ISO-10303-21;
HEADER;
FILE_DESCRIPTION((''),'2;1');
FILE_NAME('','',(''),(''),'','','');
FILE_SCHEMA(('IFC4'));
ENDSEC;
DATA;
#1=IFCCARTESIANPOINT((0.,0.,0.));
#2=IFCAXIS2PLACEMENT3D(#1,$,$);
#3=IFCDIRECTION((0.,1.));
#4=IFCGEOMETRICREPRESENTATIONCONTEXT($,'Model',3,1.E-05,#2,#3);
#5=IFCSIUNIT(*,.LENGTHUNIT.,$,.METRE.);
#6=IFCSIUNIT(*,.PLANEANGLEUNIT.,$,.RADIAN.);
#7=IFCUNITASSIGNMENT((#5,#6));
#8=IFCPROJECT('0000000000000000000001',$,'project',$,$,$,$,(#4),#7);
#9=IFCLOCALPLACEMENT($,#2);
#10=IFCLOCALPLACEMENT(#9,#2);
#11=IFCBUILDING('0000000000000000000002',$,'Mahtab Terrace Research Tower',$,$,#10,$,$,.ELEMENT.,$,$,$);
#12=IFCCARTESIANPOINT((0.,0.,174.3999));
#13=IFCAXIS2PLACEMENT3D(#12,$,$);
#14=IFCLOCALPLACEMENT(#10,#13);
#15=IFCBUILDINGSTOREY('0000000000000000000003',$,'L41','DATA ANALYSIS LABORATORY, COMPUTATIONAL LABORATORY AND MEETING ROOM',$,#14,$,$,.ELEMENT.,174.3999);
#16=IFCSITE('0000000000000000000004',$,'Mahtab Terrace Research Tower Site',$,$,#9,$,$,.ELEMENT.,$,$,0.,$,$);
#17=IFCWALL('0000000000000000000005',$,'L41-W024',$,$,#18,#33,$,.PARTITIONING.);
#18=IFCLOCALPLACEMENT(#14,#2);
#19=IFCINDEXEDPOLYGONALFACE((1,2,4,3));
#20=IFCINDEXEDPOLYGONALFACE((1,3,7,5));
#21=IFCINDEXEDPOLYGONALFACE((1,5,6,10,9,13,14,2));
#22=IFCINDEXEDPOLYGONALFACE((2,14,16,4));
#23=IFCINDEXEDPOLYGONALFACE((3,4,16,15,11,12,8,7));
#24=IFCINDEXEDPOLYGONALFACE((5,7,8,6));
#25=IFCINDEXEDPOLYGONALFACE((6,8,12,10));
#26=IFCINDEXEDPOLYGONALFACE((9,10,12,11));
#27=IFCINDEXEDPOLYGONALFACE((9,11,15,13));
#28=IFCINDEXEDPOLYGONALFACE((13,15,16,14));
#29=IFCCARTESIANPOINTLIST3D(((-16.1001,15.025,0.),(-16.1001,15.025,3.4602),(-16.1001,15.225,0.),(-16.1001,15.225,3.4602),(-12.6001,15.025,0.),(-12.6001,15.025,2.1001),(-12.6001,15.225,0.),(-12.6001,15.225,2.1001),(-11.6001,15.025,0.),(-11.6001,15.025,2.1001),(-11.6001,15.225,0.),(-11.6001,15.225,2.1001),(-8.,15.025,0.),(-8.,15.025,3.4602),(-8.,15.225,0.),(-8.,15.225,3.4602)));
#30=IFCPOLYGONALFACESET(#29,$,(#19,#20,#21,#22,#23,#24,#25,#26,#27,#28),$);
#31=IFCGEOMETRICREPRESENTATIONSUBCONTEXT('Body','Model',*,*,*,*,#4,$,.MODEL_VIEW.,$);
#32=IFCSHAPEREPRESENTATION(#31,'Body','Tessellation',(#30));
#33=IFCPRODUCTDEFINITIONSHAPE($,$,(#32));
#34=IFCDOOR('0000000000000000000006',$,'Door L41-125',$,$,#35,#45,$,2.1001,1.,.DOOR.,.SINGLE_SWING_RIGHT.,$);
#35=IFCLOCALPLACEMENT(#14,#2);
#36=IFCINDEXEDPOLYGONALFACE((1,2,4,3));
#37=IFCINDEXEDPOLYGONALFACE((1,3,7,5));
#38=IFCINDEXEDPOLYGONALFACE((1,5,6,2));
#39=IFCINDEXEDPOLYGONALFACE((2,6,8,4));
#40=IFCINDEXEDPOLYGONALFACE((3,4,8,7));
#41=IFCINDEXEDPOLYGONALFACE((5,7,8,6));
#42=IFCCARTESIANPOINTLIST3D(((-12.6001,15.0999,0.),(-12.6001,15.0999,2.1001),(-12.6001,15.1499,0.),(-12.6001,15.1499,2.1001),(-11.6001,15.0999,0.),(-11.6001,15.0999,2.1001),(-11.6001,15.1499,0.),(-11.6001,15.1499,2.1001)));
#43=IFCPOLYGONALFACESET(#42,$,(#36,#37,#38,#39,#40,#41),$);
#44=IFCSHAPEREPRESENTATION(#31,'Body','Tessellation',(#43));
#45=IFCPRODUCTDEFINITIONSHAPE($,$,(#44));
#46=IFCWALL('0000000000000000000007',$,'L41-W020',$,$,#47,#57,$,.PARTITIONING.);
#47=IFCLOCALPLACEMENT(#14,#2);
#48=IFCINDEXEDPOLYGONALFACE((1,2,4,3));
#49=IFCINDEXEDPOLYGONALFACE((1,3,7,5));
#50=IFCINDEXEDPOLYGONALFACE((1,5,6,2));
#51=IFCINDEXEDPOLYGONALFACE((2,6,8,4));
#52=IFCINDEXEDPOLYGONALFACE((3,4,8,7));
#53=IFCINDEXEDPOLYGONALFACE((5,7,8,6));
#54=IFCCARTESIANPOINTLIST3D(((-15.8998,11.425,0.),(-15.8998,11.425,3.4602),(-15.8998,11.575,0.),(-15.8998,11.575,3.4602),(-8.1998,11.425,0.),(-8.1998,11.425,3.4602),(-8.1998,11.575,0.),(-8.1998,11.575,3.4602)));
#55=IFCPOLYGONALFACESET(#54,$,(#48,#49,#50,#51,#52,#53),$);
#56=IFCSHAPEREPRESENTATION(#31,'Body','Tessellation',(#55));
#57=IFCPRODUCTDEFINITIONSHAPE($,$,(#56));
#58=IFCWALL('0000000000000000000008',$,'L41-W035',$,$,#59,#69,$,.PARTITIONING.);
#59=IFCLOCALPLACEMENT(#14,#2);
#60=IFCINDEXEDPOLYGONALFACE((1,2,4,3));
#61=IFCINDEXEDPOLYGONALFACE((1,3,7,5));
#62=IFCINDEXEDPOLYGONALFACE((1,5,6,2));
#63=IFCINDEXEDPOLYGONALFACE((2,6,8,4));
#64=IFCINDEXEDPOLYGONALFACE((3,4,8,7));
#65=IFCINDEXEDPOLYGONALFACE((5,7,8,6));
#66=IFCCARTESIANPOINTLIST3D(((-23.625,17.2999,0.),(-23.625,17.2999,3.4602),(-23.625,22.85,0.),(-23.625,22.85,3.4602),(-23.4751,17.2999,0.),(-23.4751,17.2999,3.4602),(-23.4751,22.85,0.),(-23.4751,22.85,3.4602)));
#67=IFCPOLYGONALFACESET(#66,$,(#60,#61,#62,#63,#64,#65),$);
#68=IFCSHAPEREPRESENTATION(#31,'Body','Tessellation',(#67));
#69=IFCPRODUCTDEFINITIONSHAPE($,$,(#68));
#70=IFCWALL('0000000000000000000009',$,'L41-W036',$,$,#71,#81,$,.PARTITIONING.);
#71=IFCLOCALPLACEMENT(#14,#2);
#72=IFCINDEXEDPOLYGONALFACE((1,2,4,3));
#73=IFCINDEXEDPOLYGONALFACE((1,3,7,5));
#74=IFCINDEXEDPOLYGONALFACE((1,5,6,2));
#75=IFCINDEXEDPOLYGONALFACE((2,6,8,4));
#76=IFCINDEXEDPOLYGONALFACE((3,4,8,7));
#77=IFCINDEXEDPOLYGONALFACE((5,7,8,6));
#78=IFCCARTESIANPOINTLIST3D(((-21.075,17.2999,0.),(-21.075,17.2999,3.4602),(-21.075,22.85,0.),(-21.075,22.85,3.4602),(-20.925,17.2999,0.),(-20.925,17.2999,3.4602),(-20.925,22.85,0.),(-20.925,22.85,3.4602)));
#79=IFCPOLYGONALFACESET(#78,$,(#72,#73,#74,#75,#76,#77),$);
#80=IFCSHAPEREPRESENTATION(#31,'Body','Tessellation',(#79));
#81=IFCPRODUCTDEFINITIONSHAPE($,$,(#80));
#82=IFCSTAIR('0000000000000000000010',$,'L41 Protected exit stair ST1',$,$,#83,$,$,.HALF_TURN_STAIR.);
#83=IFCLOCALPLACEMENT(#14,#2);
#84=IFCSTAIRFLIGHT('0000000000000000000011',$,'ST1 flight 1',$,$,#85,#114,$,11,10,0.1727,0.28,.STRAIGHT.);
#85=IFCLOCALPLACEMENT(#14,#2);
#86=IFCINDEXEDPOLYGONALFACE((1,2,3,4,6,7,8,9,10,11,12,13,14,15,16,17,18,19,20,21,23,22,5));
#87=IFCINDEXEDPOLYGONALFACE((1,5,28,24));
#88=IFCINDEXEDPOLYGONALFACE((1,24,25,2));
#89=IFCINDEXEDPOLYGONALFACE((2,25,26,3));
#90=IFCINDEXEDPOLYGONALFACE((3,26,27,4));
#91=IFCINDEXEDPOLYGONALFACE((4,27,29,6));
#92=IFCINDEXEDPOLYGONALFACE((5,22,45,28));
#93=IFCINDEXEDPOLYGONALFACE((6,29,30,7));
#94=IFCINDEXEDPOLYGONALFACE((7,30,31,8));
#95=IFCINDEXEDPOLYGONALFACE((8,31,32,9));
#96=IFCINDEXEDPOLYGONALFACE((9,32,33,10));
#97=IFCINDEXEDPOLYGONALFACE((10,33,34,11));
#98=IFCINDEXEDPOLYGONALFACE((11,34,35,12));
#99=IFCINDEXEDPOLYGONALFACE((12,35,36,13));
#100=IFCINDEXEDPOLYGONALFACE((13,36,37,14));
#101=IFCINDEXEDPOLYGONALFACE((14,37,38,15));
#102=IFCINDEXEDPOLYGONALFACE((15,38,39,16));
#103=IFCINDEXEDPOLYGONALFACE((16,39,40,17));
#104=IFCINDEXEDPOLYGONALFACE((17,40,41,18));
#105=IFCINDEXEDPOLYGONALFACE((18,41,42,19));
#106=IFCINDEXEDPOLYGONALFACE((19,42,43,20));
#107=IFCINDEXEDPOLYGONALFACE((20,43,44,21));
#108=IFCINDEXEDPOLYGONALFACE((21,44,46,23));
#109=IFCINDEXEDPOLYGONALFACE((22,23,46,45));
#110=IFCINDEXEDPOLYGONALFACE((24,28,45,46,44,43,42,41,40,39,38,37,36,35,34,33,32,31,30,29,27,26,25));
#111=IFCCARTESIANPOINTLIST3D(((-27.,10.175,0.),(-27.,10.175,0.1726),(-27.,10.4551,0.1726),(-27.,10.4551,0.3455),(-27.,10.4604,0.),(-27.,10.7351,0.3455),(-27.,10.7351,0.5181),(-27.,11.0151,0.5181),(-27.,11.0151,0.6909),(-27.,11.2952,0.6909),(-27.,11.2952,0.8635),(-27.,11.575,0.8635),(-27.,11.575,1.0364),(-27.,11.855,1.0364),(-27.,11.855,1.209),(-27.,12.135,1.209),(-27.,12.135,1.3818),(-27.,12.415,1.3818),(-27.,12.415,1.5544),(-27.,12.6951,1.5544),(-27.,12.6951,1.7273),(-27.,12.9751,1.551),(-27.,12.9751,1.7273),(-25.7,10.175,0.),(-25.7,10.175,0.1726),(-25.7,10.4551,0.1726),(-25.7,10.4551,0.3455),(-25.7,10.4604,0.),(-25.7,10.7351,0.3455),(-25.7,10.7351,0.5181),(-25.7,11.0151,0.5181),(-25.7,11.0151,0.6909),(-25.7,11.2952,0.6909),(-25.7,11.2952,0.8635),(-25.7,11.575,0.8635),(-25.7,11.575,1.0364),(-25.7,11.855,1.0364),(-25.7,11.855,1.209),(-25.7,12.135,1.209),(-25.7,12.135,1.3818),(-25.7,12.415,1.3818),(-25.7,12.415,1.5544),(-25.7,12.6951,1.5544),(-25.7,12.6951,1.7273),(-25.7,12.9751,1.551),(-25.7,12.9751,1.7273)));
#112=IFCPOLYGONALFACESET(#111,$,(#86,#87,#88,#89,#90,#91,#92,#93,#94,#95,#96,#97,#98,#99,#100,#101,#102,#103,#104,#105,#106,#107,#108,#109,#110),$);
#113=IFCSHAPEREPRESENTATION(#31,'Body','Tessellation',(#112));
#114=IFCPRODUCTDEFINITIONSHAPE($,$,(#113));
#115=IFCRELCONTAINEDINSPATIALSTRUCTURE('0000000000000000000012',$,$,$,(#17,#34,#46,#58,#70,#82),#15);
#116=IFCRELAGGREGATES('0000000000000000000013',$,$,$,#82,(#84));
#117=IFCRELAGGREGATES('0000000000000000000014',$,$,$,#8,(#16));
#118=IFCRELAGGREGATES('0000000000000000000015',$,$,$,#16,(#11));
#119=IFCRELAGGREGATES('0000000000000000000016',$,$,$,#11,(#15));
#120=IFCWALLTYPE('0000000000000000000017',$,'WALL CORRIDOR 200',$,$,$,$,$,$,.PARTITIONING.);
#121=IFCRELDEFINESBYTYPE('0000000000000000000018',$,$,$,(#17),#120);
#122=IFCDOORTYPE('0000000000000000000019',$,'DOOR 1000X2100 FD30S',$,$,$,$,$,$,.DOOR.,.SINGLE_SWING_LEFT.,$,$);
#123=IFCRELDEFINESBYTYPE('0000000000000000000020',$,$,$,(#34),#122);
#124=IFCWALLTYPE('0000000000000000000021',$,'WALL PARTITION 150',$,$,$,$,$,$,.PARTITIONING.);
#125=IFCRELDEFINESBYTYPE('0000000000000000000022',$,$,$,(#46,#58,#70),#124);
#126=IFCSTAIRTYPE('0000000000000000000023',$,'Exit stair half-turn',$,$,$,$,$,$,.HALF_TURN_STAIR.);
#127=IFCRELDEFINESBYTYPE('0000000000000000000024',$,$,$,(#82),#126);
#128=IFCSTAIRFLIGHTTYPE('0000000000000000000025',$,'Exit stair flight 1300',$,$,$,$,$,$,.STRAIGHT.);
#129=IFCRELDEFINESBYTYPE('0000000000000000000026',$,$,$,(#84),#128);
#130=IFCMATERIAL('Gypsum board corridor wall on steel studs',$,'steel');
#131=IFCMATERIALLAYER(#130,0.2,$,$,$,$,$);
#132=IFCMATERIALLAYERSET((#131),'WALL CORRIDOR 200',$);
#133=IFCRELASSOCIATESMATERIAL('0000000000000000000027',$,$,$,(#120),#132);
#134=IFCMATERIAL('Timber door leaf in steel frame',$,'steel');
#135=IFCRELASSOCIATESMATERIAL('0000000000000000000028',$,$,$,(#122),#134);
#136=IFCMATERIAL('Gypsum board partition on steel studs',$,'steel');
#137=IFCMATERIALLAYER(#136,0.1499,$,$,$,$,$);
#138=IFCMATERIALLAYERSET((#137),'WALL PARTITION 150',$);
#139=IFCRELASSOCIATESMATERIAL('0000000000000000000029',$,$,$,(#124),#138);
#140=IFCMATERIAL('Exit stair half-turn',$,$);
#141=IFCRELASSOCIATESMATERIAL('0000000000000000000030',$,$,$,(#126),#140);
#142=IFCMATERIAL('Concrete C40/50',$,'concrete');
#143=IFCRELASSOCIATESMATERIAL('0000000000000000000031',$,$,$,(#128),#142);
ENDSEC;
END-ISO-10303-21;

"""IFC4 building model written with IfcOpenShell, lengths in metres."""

from ifc_helpers import new_model, si_unit, direction, frame, frame_2d, origin, place, context, subcontext, project, spatial, polyline, rectangle, outline, extrude, material, layer, layer_set, type_object, element, fill, aggregate, save


model = new_model("IFC4")

# Units and contexts
model_context = context("Model", 3, precision=1e-05, world=origin(), true_north=direction((0.0, 1.0)))
body_context = subcontext(model_context, "Body", "Model", "MODEL_VIEW")
ifc_project = project(units=[si_unit("LENGTHUNIT", "METRE"), si_unit("PLANEANGLEUNIT", "RADIAN")], contexts=[model_context])

# Site, building, storey
site_placement = place(None, origin())
site = spatial("IfcSite", under=ifc_project, at=site_placement, Name="Mahtab Terrace Research Tower Site", CompositionType="ELEMENT", RefElevation=0.0)
building_placement = place(site_placement, origin())
building = spatial("IfcBuilding", under=site, at=building_placement, Name="Mahtab Terrace Research Tower", CompositionType="ELEMENT")
storey_placement = place(building_placement, frame((0.0, 0.0, 174.3999)))
storey = spatial("IfcBuildingStorey", under=building, at=storey_placement, Name="L41", Description="DATA ANALYSIS LABORATORY, COMPUTATIONAL LABORATORY AND MEETING ROOM", CompositionType="ELEMENT", Elevation=174.3999)

# Wall, opening, door
ifc_material_1 = material(Name="Gypsum board corridor wall on steel studs", Category="steel")
ifc_layer_1 = layer(ifc_material_1, 0.2)
ifc_layer_set_1 = layer_set([ifc_layer_1], Name="WALL CORRIDOR 200")
wall_type_1 = type_object("IfcWallType", Name="WALL CORRIDOR 200", PredefinedType="PARTITIONING", material=ifc_layer_set_1)
wall_1_placement = place(storey_placement, frame((-16.1001, 15.125, 0.0), z_axis=(0.0, 0.0, 1.0), x_axis=(1.0, 0.0, 0.0)))
wall_1 = element("IfcWall", 1, at=wall_1_placement, inside=storey, type_object=wall_type_1, Name="L41-W024", PredefinedType="PARTITIONING", context=body_context, shape_type="SweptSolid", body=[
    extrude(rectangle(XDim=8.1001, YDim=0.2, at=frame_2d((4.05, 0.0))), origin(), (0.0, 0.0, 1.0), 3.4602),
])
opening_1_placement = place(wall_1_placement, frame((3.5, 0.0, 0.0)))
opening_1 = element("IfcOpeningElement", 2, at=opening_1_placement, cuts=wall_1, PredefinedType="OPENING", context=body_context, shape_type="SweptSolid", body=[
    extrude(rectangle(XDim=1.0, YDim=2.1001, at=frame_2d((0.5, 1.05))), frame((0.0, 0.1099, 0.0), z_axis=(0.0, -1.0, 0.0), x_axis=(1.0, 0.0, 0.0)), (0.0, 0.0, 1.0), 0.22),
])
ifc_material_2 = material(Name="Timber door leaf in steel frame", Category="steel")
door_type_1 = type_object("IfcDoorType", Name="DOOR 1000X2100 FD30S", OperationType="SINGLE_SWING_LEFT", PredefinedType="DOOR", material=ifc_material_2)
door_1_placement = place(opening_1_placement, origin())
door_1 = element("IfcDoor", 3, at=door_1_placement, inside=storey, type_object=door_type_1, Name="Door L41-125", OperationType="SINGLE_SWING_RIGHT", OverallHeight=2.1001, OverallWidth=1.0, PredefinedType="DOOR", context=body_context, shape_type="SweptSolid", body=[
    extrude(rectangle(XDim=1.0, YDim=2.1001, at=frame_2d((0.5, 1.05))), frame((0.0, 0.0249, 0.0), z_axis=(0.0, -1.0, 0.0), x_axis=(1.0, 0.0, 0.0)), (0.0, 0.0, 1.0), 0.05),
])
fill(opening_1, door_1)

# Walls
ifc_material_3 = material(Name="Gypsum board partition on steel studs", Category="steel")
ifc_layer_2 = layer(ifc_material_3, 0.1499)
ifc_layer_set_2 = layer_set([ifc_layer_2], Name="WALL PARTITION 150")
wall_type_2 = type_object("IfcWallType", Name="WALL PARTITION 150", PredefinedType="PARTITIONING", material=ifc_layer_set_2)
wall_2_placement = place(storey_placement, frame((-15.8999, 11.5, 0.0), z_axis=(0.0, 0.0, 1.0), x_axis=(1.0, 0.0, 0.0)))
element("IfcWall", 4, at=wall_2_placement, inside=storey, type_object=wall_type_2, Name="L41-W020", PredefinedType="PARTITIONING", context=body_context, shape_type="SweptSolid", body=[
    extrude(rectangle(XDim=7.7, YDim=0.1499, at=frame_2d((3.8501, 0.0))), origin(), (0.0, 0.0, 1.0), 3.4602),
])
for number, where, z_axis, x_axis, name in (
    (5, (-23.55, 17.3, 0.0), (0.0, 0.0, 1.0), (0.0, 1.0, 0.0), "L41-W035"),
    (6, (-21.0, 17.3, 0.0), (0.0, 0.0, 1.0), (0.0, 1.0, 0.0), "L41-W036"),
):
    element("IfcWall", number, at=place(storey_placement, frame(where, z_axis=z_axis, x_axis=x_axis)), inside=storey, type_object=wall_type_2, Name=name, PredefinedType="PARTITIONING", context=body_context, shape_type="SweptSolid", body=[
        extrude(rectangle(XDim=5.55, YDim=0.1499, at=frame_2d((2.7749, 0.0))), origin(), (0.0, 0.0, 1.0), 3.4602),
    ])

# Stair, stair flight
ifc_material_4 = material(Name="Exit stair half-turn")
stair_type = type_object("IfcStairType", Name="Exit stair half-turn", PredefinedType="HALF_TURN_STAIR", material=ifc_material_4)
stair_placement = place(storey_placement, origin())
stair = element("IfcStair", 7, at=stair_placement, inside=storey, type_object=stair_type, Name="L41 Protected exit stair ST1", PredefinedType="HALF_TURN_STAIR")
ifc_material_5 = material(Name="Concrete C40/50", Category="concrete")
stair_flight_type = type_object("IfcStairFlightType", Name="Exit stair flight 1300", PredefinedType="STRAIGHT", material=ifc_material_5)
stair_flight_placement = place(storey_placement, frame((-26.3501, 10.175, 0.0), z_axis=(0.0, 0.0, 1.0), x_axis=(0.0, 1.0, 0.0)))
stair_flight = element("IfcStairFlight", 8, at=stair_flight_placement, type_object=stair_flight_type, Name="ST1 flight 1", NumberOfRisers=11, NumberOfTreads=10, PredefinedType="STRAIGHT", RiserHeight=0.1727, TreadLength=0.28, context=body_context, shape_type="SweptSolid", body=[
    extrude(outline(polyline([(0.0, 0.0), (0.0, 0.1726), (0.28, 0.1726), (0.28, 0.3455), (0.5601, 0.3455), (0.5601, 0.5181), (0.8401, 0.5181), (0.8401, 0.6909), (1.1201, 0.6909), (1.1201, 0.8635), (1.3999, 0.8635), (1.3999, 1.0364), (1.6799, 1.0364), (1.6799, 1.209), (1.96, 1.209), (1.96, 1.3818), (2.24, 1.3818), (2.24, 1.5544), (2.52, 1.5544), (2.52, 1.7273), (2.8, 1.7273), (2.8, 1.8999), (2.8, 1.551), (0.2854, 0.0), (0.0, 0.0)])), frame((0.0, 0.6499, 0.0), z_axis=(0.0, -1.0, 0.0), x_axis=(1.0, 0.0, 0.0)), (0.0, 0.0, 1.0), 1.3),
])
aggregate(stair, [stair_flight])

save(model, "model.ifc")
